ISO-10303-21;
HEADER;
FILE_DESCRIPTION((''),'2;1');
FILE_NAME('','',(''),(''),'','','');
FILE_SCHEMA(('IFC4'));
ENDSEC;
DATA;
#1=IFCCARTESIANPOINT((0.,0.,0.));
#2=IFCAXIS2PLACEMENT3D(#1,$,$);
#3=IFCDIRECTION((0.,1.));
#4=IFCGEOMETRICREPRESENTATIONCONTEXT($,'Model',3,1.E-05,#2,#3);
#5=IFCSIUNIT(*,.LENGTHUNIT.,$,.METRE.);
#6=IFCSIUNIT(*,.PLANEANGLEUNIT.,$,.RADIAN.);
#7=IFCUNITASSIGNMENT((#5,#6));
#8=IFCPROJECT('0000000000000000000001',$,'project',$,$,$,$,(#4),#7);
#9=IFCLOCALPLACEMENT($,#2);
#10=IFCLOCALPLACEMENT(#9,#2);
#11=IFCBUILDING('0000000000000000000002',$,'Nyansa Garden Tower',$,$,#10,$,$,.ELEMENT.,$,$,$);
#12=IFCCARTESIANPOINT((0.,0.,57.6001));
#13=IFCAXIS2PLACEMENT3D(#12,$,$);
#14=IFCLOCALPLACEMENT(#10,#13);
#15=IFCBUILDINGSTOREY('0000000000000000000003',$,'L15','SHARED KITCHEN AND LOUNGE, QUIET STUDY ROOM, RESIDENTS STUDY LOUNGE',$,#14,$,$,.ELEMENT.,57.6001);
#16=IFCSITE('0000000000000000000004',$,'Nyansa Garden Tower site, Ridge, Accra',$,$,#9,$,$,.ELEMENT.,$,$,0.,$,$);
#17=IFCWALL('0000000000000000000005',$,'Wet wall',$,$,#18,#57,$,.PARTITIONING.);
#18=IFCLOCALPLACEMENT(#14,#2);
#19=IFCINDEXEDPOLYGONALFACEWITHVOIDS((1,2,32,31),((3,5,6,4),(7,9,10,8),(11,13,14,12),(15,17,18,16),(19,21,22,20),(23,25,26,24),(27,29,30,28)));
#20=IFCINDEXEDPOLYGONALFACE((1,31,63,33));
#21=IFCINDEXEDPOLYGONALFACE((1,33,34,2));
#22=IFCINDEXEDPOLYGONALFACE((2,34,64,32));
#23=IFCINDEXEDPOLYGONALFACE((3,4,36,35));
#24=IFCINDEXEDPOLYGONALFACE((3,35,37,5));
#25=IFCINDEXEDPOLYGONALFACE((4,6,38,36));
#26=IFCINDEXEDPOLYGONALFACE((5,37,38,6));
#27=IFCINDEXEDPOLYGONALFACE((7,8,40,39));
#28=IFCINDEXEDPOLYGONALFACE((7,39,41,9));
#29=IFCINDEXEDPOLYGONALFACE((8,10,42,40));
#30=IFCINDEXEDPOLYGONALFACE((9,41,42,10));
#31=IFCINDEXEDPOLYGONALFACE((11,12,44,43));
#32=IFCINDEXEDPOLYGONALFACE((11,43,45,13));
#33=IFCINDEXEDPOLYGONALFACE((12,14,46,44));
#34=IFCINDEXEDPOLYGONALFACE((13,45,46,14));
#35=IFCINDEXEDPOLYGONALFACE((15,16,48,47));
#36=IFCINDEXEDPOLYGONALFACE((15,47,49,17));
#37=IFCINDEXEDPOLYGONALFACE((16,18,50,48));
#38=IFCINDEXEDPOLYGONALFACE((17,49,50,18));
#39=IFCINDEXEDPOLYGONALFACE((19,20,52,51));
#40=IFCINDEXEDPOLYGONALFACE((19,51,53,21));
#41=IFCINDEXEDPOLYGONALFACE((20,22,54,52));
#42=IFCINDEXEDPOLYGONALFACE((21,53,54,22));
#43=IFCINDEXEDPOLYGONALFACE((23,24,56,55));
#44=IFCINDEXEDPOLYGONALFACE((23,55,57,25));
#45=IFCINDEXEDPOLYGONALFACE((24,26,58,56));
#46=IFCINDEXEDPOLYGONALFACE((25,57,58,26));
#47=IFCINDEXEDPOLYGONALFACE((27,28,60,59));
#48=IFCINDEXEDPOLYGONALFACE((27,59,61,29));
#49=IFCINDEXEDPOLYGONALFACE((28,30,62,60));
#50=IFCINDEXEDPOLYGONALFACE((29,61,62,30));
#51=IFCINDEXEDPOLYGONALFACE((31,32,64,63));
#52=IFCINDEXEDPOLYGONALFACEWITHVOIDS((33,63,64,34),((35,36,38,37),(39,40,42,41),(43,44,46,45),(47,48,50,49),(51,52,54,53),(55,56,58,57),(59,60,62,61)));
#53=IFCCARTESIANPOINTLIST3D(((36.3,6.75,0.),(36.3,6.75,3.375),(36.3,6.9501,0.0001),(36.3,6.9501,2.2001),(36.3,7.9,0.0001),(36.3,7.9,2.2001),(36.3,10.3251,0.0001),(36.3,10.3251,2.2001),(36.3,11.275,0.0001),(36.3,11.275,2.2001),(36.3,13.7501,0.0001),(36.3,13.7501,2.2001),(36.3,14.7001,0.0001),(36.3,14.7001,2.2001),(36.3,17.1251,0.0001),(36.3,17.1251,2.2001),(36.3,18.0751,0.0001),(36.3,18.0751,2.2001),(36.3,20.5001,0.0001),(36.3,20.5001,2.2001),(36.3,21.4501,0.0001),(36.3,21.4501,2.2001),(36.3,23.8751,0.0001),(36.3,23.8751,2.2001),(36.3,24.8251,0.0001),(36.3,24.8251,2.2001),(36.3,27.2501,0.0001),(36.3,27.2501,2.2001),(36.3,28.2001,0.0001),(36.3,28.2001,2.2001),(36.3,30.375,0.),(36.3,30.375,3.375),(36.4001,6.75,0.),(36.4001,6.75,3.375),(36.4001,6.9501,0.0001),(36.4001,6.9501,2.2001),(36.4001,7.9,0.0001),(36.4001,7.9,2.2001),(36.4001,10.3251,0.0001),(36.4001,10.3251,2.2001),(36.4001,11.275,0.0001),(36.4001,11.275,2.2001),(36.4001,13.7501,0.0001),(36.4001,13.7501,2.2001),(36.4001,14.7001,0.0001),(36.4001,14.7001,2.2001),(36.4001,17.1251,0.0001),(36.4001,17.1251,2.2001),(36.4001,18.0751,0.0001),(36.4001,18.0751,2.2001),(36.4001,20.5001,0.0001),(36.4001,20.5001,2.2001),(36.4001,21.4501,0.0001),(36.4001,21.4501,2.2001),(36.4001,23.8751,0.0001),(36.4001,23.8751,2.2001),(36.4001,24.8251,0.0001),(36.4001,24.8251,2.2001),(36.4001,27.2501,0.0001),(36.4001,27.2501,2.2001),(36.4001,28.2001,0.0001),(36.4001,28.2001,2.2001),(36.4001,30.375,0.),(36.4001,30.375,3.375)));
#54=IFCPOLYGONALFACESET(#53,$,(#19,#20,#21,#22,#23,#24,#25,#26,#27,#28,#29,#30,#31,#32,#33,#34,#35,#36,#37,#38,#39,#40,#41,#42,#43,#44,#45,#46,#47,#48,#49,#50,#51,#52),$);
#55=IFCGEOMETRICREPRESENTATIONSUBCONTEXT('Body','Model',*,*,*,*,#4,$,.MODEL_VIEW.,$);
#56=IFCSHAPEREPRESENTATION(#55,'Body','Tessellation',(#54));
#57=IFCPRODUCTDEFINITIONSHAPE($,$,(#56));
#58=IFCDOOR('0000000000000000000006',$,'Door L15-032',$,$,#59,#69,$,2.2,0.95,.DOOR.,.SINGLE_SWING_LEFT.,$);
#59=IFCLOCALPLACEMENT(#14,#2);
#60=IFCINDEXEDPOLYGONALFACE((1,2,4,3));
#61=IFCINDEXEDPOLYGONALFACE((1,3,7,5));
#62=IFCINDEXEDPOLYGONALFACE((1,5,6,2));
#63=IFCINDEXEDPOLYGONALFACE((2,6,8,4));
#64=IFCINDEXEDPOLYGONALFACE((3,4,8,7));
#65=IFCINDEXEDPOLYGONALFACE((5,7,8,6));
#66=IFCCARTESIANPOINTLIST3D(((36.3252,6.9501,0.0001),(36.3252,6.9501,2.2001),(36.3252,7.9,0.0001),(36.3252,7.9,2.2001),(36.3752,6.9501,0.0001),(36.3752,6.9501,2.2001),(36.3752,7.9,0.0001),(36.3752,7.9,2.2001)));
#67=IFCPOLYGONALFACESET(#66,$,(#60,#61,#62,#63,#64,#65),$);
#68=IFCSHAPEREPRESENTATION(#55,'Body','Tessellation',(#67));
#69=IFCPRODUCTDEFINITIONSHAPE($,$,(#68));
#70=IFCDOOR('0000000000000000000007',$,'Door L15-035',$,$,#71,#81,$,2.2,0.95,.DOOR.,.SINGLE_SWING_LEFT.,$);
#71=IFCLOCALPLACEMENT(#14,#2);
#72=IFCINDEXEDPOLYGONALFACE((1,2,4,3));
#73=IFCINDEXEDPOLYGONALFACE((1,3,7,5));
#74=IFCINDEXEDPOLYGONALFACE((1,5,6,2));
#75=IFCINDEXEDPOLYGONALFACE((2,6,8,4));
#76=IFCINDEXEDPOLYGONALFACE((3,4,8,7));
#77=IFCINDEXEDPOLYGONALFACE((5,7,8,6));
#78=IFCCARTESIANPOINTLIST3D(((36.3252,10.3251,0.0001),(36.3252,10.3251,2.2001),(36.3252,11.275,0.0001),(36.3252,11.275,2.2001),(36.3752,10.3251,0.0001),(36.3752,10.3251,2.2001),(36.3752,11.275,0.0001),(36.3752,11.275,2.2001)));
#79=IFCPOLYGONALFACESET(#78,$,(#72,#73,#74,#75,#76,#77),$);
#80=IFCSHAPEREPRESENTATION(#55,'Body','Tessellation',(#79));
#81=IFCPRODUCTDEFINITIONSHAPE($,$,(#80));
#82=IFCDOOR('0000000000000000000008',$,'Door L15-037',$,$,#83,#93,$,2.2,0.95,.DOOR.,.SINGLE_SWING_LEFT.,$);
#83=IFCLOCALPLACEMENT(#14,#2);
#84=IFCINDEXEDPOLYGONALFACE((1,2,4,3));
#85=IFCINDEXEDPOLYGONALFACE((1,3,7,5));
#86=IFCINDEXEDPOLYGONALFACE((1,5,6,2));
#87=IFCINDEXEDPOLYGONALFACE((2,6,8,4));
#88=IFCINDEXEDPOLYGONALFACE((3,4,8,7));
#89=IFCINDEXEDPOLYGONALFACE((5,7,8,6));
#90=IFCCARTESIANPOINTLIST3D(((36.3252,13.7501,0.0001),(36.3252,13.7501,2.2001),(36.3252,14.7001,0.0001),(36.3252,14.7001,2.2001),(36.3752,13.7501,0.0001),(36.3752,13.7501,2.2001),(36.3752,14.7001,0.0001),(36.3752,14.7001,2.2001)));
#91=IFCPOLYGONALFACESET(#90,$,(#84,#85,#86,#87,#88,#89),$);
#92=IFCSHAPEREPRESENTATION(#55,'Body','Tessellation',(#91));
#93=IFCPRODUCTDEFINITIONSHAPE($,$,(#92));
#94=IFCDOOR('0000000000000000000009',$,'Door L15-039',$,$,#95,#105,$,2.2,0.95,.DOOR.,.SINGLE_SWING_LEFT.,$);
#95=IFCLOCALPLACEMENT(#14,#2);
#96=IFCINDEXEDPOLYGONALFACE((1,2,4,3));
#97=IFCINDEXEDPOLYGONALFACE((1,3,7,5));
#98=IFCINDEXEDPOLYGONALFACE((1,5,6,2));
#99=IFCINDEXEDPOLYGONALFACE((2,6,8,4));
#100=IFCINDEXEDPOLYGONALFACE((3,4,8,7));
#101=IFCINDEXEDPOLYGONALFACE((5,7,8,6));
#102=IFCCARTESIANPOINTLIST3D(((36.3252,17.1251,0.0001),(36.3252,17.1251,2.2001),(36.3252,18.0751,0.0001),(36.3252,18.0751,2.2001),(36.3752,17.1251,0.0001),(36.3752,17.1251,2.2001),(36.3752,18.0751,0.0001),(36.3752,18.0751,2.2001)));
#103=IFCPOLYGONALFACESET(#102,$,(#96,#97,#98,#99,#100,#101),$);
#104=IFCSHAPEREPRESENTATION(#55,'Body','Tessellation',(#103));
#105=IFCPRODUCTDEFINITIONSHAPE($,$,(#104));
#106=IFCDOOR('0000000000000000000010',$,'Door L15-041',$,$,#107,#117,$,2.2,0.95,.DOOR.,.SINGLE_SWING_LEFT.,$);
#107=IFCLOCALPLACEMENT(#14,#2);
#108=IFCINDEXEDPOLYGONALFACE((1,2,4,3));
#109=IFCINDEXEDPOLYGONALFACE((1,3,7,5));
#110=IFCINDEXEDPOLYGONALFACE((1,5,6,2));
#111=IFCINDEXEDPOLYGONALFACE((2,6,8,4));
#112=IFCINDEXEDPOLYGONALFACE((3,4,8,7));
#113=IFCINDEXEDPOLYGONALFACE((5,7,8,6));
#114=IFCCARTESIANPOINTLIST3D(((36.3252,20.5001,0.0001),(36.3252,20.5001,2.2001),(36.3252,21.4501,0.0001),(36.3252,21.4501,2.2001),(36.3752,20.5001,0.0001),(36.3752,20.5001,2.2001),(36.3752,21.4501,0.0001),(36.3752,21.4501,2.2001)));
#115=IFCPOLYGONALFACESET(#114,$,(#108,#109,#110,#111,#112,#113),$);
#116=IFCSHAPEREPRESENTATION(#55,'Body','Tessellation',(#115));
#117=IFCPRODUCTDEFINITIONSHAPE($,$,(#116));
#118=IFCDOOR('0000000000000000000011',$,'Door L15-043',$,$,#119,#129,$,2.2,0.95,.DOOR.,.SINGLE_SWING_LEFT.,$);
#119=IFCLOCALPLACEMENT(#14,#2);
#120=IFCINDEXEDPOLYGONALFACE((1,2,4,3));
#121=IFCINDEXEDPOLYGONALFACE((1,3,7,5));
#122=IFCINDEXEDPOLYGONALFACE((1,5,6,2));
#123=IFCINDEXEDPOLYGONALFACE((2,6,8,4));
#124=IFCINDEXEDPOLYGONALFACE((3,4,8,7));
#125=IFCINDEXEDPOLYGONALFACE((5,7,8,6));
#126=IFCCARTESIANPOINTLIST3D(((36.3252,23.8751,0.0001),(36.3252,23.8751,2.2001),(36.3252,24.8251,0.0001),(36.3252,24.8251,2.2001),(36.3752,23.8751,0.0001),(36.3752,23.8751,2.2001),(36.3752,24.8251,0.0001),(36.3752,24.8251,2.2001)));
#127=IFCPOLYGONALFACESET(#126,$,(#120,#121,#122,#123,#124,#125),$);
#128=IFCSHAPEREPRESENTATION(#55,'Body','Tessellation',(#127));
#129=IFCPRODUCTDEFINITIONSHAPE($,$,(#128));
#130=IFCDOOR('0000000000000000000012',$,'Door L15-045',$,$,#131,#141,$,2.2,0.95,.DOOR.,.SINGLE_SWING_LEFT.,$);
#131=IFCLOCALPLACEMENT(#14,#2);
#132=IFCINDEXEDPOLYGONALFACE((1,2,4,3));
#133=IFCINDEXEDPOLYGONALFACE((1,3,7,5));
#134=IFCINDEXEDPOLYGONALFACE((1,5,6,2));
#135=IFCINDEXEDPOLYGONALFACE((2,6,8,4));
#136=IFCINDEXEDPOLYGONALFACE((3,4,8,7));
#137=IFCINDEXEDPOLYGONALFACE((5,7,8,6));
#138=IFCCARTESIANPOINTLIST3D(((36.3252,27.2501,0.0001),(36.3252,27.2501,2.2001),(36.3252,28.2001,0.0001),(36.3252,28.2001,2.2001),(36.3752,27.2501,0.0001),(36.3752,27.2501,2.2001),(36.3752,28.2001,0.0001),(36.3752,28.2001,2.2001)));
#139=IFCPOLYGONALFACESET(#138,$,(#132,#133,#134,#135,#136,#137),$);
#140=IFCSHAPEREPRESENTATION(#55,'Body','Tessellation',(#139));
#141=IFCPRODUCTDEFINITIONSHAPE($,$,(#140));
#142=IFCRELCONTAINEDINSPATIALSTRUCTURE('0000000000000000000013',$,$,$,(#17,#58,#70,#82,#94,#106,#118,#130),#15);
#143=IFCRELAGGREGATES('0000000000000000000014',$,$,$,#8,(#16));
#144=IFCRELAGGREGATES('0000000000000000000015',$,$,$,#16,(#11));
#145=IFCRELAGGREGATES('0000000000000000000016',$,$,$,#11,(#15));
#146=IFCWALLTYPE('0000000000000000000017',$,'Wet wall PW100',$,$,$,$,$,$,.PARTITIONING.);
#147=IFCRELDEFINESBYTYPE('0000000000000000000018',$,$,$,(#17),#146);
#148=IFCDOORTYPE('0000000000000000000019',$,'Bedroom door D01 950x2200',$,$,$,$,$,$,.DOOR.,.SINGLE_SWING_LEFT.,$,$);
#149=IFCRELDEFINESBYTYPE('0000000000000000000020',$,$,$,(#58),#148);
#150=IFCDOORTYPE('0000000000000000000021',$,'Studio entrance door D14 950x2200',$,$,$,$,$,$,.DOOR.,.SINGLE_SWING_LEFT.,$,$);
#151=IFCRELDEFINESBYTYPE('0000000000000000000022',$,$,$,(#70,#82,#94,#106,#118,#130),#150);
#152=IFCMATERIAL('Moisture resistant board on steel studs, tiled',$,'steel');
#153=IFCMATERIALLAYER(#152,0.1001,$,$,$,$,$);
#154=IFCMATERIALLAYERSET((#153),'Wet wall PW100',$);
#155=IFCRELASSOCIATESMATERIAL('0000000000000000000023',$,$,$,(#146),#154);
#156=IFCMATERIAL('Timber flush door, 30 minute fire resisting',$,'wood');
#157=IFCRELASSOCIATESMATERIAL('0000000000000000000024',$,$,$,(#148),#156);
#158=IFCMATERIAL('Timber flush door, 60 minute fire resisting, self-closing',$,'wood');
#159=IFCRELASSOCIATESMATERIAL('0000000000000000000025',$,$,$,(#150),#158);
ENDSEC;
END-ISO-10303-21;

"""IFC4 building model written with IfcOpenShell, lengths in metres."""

from ifc_helpers import new_model, si_unit, direction, frame, frame_2d, origin, place, context, subcontext, project, spatial, rectangle, extrude, material, layer, layer_set, type_object, element, fill, save


model = new_model("IFC4")

# Units and contexts
model_context = context("Model", 3, precision=1e-05, world=origin(), true_north=direction((0.0, 1.0)))
body_context = subcontext(model_context, "Body", "Model", "MODEL_VIEW")
ifc_project = project(units=[si_unit("LENGTHUNIT", "METRE"), si_unit("PLANEANGLEUNIT", "RADIAN")], contexts=[model_context])

# Site, building, storey
site_placement = place(None, origin())
site = spatial("IfcSite", under=ifc_project, at=site_placement, Name="Nyansa Garden Tower site, Ridge, Accra", CompositionType="ELEMENT", RefElevation=0.0)
building_placement = place(site_placement, origin())
building = spatial("IfcBuilding", under=site, at=building_placement, Name="Nyansa Garden Tower", CompositionType="ELEMENT")
storey_placement = place(building_placement, frame((0.0, 0.0, 57.6001)))
storey = spatial("IfcBuildingStorey", under=building, at=storey_placement, Name="L15", Description="SHARED KITCHEN AND LOUNGE, QUIET STUDY ROOM, RESIDENTS STUDY LOUNGE", CompositionType="ELEMENT", Elevation=57.6001)

# Wall, openings, doors
ifc_material_1 = material(Name="Moisture resistant board on steel studs, tiled", Category="steel")
ifc_layer_1 = layer(ifc_material_1, 0.1001)
ifc_layer_set_1 = layer_set([ifc_layer_1], Name="Wet wall PW100")
wall_type = type_object("IfcWallType", Name="Wet wall PW100", PredefinedType="PARTITIONING", material=ifc_layer_set_1)
wall_1_placement = place(storey_placement, frame((36.3501, 6.75, 0.0), z_axis=(0.0, 0.0, 1.0), x_axis=(0.0, 1.0, 0.0)))
wall_1 = element("IfcWall", 1, at=wall_1_placement, inside=storey, type_object=wall_type, Name="Wet wall", PredefinedType="PARTITIONING", context=body_context, shape_type="SweptSolid", body=[
    extrude(rectangle(XDim=23.625, YDim=0.1001, at=frame_2d((11.8125, 0.0))), origin(), (0.0, 0.0, 1.0), 3.375),
])
opening_1_placement = place(wall_1_placement, frame((0.2, 0.0, 0.0)))
opening_1 = element("IfcOpeningElement", 2, at=opening_1_placement, cuts=wall_1, PredefinedType="OPENING", context=body_context, shape_type="SweptSolid", body=[
    extrude(rectangle(XDim=0.95, YDim=2.2, at=frame_2d((0.4751, 1.1001))), frame((0.0, 0.0601, 0.0), z_axis=(0.0, -1.0, 0.0), x_axis=(1.0, 0.0, 0.0)), (0.0, 0.0, 1.0), 0.1201),
])
opening_2_placement = place(wall_1_placement, frame((3.575, 0.0, 0.0)))
opening_2 = element("IfcOpeningElement", 3, at=opening_2_placement, cuts=wall_1, PredefinedType="OPENING", context=body_context, shape_type="SweptSolid", body=[
    extrude(rectangle(XDim=0.95, YDim=2.2, at=frame_2d((0.4751, 1.1001))), frame((0.0, 0.0601, 0.0), z_axis=(0.0, -1.0, 0.0), x_axis=(1.0, 0.0, 0.0)), (0.0, 0.0, 1.0), 0.1201),
])
opening_3_placement = place(wall_1_placement, frame((7.0, 0.0, 0.0)))
opening_3 = element("IfcOpeningElement", 4, at=opening_3_placement, cuts=wall_1, PredefinedType="OPENING", context=body_context, shape_type="SweptSolid", body=[
    extrude(rectangle(XDim=0.95, YDim=2.2, at=frame_2d((0.4751, 1.1001))), frame((0.0, 0.0601, 0.0), z_axis=(0.0, -1.0, 0.0), x_axis=(1.0, 0.0, 0.0)), (0.0, 0.0, 1.0), 0.1201),
])
opening_4_placement = place(wall_1_placement, frame((10.375, 0.0, 0.0)))
opening_4 = element("IfcOpeningElement", 5, at=opening_4_placement, cuts=wall_1, PredefinedType="OPENING", context=body_context, shape_type="SweptSolid", body=[
    extrude(rectangle(XDim=0.95, YDim=2.2, at=frame_2d((0.4751, 1.1001))), frame((0.0, 0.0601, 0.0), z_axis=(0.0, -1.0, 0.0), x_axis=(1.0, 0.0, 0.0)), (0.0, 0.0, 1.0), 0.1201),
])
opening_5_placement = place(wall_1_placement, frame((13.75, 0.0, 0.0)))
opening_5 = element("IfcOpeningElement", 6, at=opening_5_placement, cuts=wall_1, PredefinedType="OPENING", context=body_context, shape_type="SweptSolid", body=[
    extrude(rectangle(XDim=0.95, YDim=2.2, at=frame_2d((0.4751, 1.1001))), frame((0.0, 0.0601, 0.0), z_axis=(0.0, -1.0, 0.0), x_axis=(1.0, 0.0, 0.0)), (0.0, 0.0, 1.0), 0.1201),
])
opening_6_placement = place(wall_1_placement, frame((17.125, 0.0, 0.0)))
opening_6 = element("IfcOpeningElement", 7, at=opening_6_placement, cuts=wall_1, PredefinedType="OPENING", context=body_context, shape_type="SweptSolid", body=[
    extrude(rectangle(XDim=0.95, YDim=2.2, at=frame_2d((0.4751, 1.1001))), frame((0.0, 0.0601, 0.0), z_axis=(0.0, -1.0, 0.0), x_axis=(1.0, 0.0, 0.0)), (0.0, 0.0, 1.0), 0.1201),
])
opening_7_placement = place(wall_1_placement, frame((20.5, 0.0, 0.0)))
opening_7 = element("IfcOpeningElement", 8, at=opening_7_placement, cuts=wall_1, PredefinedType="OPENING", context=body_context, shape_type="SweptSolid", body=[
    extrude(rectangle(XDim=0.95, YDim=2.2, at=frame_2d((0.4751, 1.1001))), frame((0.0, 0.0601, 0.0), z_axis=(0.0, -1.0, 0.0), x_axis=(1.0, 0.0, 0.0)), (0.0, 0.0, 1.0), 0.1201),
])
ifc_material_2 = material(Name="Timber flush door, 30 minute fire resisting", Category="wood")
door_type_1 = type_object("IfcDoorType", Name="Bedroom door D01 950x2200", OperationType="SINGLE_SWING_LEFT", PredefinedType="DOOR", material=ifc_material_2)
door_1_placement = place(opening_1_placement, origin())
door_1 = element("IfcDoor", 9, at=door_1_placement, inside=storey, type_object=door_type_1, Name="Door L15-032", OperationType="SINGLE_SWING_LEFT", OverallHeight=2.2, OverallWidth=0.95, PredefinedType="DOOR", context=body_context, shape_type="SweptSolid", body=[
    extrude(rectangle(XDim=0.95, YDim=2.2, at=frame_2d((0.4751, 1.1001))), frame((0.0, 0.0249, 0.0), z_axis=(0.0, -1.0, 0.0), x_axis=(1.0, 0.0, 0.0)), (0.0, 0.0, 1.0), 0.05),
])
fill(opening_1, door_1)
ifc_material_3 = material(Name="Timber flush door, 60 minute fire resisting, self-closing", Category="wood")
door_type_2 = type_object("IfcDoorType", Name="Studio entrance door D14 950x2200", OperationType="SINGLE_SWING_LEFT", PredefinedType="DOOR", material=ifc_material_3)
door_2_placement = place(opening_2_placement, origin())
door_2 = element("IfcDoor", 10, at=door_2_placement, inside=storey, type_object=door_type_2, Name="Door L15-035", OperationType="SINGLE_SWING_LEFT", OverallHeight=2.2, OverallWidth=0.95, PredefinedType="DOOR", context=body_context, shape_type="SweptSolid", body=[
    extrude(rectangle(XDim=0.95, YDim=2.2, at=frame_2d((0.4751, 1.1001))), frame((0.0, 0.0249, 0.0), z_axis=(0.0, -1.0, 0.0), x_axis=(1.0, 0.0, 0.0)), (0.0, 0.0, 1.0), 0.05),
])
fill(opening_2, door_2)
door_3_placement = place(opening_3_placement, origin())
door_3 = element("IfcDoor", 11, at=door_3_placement, inside=storey, type_object=door_type_2, Name="Door L15-037", OperationType="SINGLE_SWING_LEFT", OverallHeight=2.2, OverallWidth=0.95, PredefinedType="DOOR", context=body_context, shape_type="SweptSolid", body=[
    extrude(rectangle(XDim=0.95, YDim=2.2, at=frame_2d((0.4751, 1.1001))), frame((0.0, 0.0249, 0.0), z_axis=(0.0, -1.0, 0.0), x_axis=(1.0, 0.0, 0.0)), (0.0, 0.0, 1.0), 0.05),
])
fill(opening_3, door_3)
door_4_placement = place(opening_4_placement, origin())
door_4 = element("IfcDoor", 12, at=door_4_placement, inside=storey, type_object=door_type_2, Name="Door L15-039", OperationType="SINGLE_SWING_LEFT", OverallHeight=2.2, OverallWidth=0.95, PredefinedType="DOOR", context=body_context, shape_type="SweptSolid", body=[
    extrude(rectangle(XDim=0.95, YDim=2.2, at=frame_2d((0.4751, 1.1001))), frame((0.0, 0.0249, 0.0), z_axis=(0.0, -1.0, 0.0), x_axis=(1.0, 0.0, 0.0)), (0.0, 0.0, 1.0), 0.05),
])
fill(opening_4, door_4)
door_5_placement = place(opening_5_placement, origin())
door_5 = element("IfcDoor", 13, at=door_5_placement, inside=storey, type_object=door_type_2, Name="Door L15-041", OperationType="SINGLE_SWING_LEFT", OverallHeight=2.2, OverallWidth=0.95, PredefinedType="DOOR", context=body_context, shape_type="SweptSolid", body=[
    extrude(rectangle(XDim=0.95, YDim=2.2, at=frame_2d((0.4751, 1.1001))), frame((0.0, 0.0249, 0.0), z_axis=(0.0, -1.0, 0.0), x_axis=(1.0, 0.0, 0.0)), (0.0, 0.0, 1.0), 0.05),
])
fill(opening_5, door_5)
door_6_placement = place(opening_6_placement, origin())
door_6 = element("IfcDoor", 14, at=door_6_placement, inside=storey, type_object=door_type_2, Name="Door L15-043", OperationType="SINGLE_SWING_LEFT", OverallHeight=2.2, OverallWidth=0.95, PredefinedType="DOOR", context=body_context, shape_type="SweptSolid", body=[
    extrude(rectangle(XDim=0.95, YDim=2.2, at=frame_2d((0.4751, 1.1001))), frame((0.0, 0.0249, 0.0), z_axis=(0.0, -1.0, 0.0), x_axis=(1.0, 0.0, 0.0)), (0.0, 0.0, 1.0), 0.05),
])
fill(opening_6, door_6)
door_7_placement = place(opening_7_placement, origin())
door_7 = element("IfcDoor", 15, at=door_7_placement, inside=storey, type_object=door_type_2, Name="Door L15-045", OperationType="SINGLE_SWING_LEFT", OverallHeight=2.2, OverallWidth=0.95, PredefinedType="DOOR", context=body_context, shape_type="SweptSolid", body=[
    extrude(rectangle(XDim=0.95, YDim=2.2, at=frame_2d((0.4751, 1.1001))), frame((0.0, 0.0249, 0.0), z_axis=(0.0, -1.0, 0.0), x_axis=(1.0, 0.0, 0.0)), (0.0, 0.0, 1.0), 0.05),
])
fill(opening_7, door_7)

save(model, "model.ifc")
